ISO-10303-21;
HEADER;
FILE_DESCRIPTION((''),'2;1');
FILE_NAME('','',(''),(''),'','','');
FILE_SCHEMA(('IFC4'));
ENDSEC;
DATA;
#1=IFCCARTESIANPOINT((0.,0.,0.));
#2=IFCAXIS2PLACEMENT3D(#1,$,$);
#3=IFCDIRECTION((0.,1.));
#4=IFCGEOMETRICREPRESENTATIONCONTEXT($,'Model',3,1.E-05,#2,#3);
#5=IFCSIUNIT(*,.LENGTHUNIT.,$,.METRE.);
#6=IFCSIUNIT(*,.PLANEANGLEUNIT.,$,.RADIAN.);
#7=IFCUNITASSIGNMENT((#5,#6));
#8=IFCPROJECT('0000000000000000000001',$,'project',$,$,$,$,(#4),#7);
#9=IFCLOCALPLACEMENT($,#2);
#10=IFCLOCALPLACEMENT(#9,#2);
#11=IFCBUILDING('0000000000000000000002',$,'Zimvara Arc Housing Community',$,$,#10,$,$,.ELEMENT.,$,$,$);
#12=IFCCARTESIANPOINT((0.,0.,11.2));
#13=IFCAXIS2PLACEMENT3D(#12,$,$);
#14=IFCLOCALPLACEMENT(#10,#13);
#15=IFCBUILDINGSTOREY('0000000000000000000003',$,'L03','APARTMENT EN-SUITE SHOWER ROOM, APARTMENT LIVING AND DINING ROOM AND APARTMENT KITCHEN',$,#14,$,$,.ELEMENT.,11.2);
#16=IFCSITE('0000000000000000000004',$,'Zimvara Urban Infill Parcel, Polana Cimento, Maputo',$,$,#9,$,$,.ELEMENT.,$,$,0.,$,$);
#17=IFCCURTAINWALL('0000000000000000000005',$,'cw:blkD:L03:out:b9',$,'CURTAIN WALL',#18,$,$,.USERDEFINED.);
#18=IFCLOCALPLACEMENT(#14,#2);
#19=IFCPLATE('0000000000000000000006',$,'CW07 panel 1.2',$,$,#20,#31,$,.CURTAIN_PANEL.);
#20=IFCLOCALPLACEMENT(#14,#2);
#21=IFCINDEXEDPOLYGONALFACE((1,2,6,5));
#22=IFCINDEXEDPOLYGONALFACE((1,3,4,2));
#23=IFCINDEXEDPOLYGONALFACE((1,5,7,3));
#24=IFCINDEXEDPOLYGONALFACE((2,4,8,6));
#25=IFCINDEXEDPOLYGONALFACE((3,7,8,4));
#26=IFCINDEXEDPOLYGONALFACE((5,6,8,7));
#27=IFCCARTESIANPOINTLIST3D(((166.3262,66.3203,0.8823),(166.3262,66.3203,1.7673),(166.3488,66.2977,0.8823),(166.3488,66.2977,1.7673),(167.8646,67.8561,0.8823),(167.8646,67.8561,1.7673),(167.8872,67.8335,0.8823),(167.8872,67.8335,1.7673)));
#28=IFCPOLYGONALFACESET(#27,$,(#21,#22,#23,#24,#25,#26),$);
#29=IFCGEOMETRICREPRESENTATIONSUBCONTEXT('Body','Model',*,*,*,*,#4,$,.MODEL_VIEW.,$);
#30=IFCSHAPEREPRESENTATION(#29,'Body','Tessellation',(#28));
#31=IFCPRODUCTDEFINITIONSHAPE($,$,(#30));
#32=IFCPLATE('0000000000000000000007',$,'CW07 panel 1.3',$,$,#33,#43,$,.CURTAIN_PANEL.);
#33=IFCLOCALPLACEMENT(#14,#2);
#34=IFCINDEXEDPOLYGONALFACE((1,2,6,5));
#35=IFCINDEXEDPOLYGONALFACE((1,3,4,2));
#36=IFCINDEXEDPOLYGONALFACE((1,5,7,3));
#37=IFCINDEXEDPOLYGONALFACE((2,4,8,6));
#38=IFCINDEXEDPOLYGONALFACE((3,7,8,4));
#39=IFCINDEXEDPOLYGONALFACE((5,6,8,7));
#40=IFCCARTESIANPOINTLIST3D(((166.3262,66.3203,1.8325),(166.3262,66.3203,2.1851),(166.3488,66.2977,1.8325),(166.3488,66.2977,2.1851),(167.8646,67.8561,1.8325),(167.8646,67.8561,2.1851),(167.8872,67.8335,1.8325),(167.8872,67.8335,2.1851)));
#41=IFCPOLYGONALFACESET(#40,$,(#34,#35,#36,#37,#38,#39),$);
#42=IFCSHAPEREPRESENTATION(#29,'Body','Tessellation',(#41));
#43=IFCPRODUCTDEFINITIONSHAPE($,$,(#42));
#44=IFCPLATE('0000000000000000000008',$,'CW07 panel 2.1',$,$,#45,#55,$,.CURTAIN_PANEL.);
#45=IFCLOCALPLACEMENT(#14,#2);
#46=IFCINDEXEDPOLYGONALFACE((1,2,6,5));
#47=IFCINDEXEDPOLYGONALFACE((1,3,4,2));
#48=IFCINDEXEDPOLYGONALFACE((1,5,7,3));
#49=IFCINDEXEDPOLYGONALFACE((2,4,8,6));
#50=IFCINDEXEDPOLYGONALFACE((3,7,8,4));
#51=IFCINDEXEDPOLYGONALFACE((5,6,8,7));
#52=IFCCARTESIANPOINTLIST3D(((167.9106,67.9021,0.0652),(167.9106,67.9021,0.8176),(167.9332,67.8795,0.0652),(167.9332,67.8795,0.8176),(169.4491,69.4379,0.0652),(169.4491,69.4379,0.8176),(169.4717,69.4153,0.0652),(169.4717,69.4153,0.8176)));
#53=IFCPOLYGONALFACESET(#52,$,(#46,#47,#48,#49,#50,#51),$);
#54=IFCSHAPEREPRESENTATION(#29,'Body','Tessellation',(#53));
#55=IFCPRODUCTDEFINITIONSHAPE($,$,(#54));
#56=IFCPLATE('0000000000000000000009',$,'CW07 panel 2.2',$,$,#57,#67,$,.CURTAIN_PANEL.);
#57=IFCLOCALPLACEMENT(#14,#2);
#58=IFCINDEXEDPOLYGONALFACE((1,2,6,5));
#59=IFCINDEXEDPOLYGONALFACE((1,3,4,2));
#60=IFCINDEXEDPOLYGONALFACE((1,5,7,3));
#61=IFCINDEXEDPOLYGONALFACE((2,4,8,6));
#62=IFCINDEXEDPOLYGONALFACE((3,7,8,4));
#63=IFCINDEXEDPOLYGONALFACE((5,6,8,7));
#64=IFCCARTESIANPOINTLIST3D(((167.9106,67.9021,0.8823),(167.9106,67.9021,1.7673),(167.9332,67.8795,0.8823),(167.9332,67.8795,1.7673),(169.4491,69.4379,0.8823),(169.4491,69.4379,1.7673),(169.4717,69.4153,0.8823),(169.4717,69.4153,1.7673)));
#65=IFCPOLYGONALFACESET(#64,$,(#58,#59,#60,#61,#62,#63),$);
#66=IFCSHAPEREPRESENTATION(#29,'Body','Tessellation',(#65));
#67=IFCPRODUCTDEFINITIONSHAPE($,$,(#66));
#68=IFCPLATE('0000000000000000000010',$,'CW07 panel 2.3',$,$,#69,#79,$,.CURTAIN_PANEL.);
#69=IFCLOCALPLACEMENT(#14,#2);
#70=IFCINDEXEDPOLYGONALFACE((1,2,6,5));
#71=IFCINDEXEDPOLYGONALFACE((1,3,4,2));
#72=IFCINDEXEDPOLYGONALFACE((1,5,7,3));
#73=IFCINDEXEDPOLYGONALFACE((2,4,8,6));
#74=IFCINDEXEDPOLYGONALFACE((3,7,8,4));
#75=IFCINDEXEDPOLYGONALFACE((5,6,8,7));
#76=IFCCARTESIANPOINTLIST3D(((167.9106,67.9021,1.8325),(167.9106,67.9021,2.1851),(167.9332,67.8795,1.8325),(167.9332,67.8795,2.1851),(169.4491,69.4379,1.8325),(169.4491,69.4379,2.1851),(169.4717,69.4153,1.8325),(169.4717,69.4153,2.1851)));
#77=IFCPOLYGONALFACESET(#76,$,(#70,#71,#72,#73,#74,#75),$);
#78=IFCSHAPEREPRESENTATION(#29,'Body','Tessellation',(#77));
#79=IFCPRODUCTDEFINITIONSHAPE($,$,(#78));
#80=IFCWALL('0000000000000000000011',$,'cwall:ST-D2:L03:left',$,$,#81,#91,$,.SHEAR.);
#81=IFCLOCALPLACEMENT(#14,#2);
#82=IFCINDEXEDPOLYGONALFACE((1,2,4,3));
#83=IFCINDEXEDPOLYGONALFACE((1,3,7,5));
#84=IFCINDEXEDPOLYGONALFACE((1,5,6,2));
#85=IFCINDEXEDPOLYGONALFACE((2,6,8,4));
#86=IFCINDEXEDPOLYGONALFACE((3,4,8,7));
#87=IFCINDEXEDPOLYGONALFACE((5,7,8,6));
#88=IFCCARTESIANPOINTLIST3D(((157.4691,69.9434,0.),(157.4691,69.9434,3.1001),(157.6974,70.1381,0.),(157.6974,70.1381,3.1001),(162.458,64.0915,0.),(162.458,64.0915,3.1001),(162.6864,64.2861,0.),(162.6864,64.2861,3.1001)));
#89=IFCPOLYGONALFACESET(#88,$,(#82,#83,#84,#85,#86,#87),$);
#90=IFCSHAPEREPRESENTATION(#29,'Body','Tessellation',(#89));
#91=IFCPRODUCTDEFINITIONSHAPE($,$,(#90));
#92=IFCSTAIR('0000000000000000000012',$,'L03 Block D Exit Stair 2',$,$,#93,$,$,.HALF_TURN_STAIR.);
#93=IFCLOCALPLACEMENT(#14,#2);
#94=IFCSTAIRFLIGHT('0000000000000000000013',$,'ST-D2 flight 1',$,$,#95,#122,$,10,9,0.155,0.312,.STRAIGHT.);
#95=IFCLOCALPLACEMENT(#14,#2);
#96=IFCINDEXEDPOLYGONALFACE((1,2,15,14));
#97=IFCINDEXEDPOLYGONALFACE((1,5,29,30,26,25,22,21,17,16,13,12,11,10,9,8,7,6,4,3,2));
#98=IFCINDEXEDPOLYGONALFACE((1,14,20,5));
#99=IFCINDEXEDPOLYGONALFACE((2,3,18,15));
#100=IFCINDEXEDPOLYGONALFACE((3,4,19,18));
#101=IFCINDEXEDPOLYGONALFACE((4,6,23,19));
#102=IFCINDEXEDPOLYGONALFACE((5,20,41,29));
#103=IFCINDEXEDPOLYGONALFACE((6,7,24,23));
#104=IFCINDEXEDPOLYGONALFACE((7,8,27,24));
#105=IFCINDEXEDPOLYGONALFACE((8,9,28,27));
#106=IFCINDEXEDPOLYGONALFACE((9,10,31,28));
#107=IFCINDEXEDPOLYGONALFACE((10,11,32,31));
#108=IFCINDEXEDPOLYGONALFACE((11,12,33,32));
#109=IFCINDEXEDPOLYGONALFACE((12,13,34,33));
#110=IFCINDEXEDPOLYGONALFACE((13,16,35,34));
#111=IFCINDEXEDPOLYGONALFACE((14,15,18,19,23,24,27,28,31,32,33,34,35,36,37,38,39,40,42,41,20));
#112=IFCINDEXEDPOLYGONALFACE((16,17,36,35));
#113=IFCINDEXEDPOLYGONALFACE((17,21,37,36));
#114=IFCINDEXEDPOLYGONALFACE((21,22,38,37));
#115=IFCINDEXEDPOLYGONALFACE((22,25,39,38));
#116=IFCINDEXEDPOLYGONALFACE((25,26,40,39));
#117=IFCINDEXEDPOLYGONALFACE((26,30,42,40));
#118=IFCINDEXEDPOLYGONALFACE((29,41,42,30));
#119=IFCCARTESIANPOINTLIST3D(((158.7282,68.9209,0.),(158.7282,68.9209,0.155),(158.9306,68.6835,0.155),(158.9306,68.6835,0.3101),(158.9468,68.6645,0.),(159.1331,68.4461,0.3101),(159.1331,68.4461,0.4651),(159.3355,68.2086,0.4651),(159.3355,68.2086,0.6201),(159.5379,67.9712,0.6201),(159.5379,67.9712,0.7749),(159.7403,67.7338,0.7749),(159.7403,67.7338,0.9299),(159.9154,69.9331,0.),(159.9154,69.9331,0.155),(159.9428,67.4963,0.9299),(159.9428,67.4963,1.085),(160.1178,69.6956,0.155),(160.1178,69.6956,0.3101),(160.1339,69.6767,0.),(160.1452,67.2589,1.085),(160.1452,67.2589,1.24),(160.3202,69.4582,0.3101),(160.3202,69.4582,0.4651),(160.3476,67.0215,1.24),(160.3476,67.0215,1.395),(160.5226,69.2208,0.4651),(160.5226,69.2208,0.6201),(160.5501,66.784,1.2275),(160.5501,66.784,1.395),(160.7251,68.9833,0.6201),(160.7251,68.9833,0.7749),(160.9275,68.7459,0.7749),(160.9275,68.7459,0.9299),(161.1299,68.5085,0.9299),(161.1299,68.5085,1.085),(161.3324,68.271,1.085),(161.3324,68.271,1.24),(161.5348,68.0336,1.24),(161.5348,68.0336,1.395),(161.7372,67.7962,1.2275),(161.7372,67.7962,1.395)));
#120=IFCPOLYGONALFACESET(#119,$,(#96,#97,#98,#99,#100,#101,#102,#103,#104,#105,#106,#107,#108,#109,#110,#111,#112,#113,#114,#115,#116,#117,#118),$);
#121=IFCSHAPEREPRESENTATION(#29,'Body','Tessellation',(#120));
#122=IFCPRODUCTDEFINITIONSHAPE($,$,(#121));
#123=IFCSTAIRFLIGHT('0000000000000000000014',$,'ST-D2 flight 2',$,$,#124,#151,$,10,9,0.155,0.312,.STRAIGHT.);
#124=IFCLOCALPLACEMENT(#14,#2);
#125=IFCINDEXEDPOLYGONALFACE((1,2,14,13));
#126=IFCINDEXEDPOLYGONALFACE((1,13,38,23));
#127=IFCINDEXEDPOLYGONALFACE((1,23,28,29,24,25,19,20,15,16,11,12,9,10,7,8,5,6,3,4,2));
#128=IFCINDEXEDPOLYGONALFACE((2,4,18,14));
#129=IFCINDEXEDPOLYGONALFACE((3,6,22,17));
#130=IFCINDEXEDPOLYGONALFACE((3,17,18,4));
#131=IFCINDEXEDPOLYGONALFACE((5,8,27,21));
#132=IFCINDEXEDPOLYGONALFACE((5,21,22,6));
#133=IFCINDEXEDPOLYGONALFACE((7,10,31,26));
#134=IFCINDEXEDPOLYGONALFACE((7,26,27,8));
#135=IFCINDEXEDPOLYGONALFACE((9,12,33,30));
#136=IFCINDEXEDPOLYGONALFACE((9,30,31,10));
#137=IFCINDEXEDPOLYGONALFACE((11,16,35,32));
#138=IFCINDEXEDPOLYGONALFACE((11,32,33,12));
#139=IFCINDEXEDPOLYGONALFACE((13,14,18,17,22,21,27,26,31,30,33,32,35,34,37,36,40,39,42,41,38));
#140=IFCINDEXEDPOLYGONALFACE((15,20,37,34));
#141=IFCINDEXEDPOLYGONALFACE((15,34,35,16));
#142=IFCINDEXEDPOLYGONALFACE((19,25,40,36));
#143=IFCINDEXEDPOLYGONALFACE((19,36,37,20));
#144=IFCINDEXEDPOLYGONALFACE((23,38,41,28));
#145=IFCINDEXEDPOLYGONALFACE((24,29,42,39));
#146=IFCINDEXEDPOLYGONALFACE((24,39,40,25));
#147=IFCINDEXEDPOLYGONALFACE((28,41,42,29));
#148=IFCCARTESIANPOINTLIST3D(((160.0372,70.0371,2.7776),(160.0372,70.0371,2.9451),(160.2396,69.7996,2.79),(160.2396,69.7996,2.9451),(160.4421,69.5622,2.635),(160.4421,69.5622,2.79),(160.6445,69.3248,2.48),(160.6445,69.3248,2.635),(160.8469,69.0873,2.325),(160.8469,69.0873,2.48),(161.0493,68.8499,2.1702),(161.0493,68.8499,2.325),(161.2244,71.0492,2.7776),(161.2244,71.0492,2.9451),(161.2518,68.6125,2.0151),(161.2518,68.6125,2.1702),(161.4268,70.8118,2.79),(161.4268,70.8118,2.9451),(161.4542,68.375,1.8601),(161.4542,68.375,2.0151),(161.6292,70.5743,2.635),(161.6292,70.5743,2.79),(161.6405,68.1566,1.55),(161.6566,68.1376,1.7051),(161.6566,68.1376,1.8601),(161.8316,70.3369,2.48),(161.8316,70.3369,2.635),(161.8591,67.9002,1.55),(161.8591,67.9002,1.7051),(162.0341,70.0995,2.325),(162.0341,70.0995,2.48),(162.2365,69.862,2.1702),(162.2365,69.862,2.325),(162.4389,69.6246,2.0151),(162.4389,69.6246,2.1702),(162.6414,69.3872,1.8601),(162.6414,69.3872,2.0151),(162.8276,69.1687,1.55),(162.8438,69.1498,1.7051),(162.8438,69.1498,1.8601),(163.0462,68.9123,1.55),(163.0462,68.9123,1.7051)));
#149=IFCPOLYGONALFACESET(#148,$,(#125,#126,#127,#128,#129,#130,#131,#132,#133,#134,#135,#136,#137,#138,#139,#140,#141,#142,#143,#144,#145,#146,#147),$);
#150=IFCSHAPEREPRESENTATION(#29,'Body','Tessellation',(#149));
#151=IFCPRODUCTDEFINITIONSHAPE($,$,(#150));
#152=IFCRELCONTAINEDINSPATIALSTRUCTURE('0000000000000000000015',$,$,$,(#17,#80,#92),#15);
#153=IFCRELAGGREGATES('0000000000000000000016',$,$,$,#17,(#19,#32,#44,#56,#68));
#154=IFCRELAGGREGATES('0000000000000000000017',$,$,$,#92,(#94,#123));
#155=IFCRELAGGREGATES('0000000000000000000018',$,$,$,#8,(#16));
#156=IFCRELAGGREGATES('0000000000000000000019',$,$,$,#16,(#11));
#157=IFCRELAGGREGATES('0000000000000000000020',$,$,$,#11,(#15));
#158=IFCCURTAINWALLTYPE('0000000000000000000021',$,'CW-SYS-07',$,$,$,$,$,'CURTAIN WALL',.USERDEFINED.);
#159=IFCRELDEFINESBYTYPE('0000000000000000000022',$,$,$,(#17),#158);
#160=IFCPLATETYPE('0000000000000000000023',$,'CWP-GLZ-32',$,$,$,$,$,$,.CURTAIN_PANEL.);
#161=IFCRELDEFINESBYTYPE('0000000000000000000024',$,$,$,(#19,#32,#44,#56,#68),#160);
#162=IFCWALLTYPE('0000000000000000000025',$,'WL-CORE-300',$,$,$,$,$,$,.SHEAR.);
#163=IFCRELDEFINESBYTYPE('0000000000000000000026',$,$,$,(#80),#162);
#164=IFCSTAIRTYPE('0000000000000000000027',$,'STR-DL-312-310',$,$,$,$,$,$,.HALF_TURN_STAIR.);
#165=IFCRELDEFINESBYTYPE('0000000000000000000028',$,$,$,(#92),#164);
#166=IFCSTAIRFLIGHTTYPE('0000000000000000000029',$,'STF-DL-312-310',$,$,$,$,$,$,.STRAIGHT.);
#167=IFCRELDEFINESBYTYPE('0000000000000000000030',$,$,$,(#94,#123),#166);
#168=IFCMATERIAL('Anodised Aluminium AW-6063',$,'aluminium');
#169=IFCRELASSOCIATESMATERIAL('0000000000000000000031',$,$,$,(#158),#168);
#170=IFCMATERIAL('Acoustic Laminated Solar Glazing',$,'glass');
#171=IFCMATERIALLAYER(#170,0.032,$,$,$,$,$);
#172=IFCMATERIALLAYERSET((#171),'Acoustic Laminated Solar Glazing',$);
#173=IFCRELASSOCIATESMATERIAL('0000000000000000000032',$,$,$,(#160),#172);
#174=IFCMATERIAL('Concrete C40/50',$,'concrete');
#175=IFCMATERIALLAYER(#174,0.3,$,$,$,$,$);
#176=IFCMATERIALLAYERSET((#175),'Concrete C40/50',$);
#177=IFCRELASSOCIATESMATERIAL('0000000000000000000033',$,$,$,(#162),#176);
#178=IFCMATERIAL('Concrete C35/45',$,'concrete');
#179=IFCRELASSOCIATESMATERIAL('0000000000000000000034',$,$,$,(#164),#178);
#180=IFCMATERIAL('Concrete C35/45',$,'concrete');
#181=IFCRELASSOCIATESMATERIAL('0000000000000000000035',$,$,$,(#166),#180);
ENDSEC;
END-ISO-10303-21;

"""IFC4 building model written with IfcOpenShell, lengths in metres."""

from ifc_helpers import new_model, si_unit, direction, frame, frame_2d, origin, origin_2d, place, context, subcontext, project, spatial, polyline, rectangle, outline, extrude, material, layer, layer_set, type_object, element, aggregate, save


model = new_model("IFC4")

# Units and contexts
model_context = context("Model", 3, precision=1e-05, world=origin(), true_north=direction((0.0, 1.0)))
body_context = subcontext(model_context, "Body", "Model", "MODEL_VIEW")
ifc_project = project(units=[si_unit("LENGTHUNIT", "METRE"), si_unit("PLANEANGLEUNIT", "RADIAN")], contexts=[model_context])

# Site, building, storey
site_placement = place(None, origin())
site = spatial("IfcSite", under=ifc_project, at=site_placement, Name="Zimvara Urban Infill Parcel, Polana Cimento, Maputo", CompositionType="ELEMENT", RefElevation=0.0)
building_placement = place(site_placement, origin())
building = spatial("IfcBuilding", under=site, at=building_placement, Name="Zimvara Arc Housing Community", CompositionType="ELEMENT")
storey_placement = place(building_placement, frame((0.0, 0.0, 11.2)))
storey = spatial("IfcBuildingStorey", under=building, at=storey_placement, Name="L03", Description="APARTMENT EN-SUITE SHOWER ROOM, APARTMENT LIVING AND DINING ROOM AND APARTMENT KITCHEN", CompositionType="ELEMENT", Elevation=11.2)

# Curtain wall, plates
ifc_material_1 = material(Name="Anodised Aluminium AW-6063", Category="aluminium")
curtain_wall_type = type_object("IfcCurtainWallType", Name="CW-SYS-07", ElementType="CURTAIN WALL", PredefinedType="USERDEFINED", material=ifc_material_1)
curtain_wall_placement = place(storey_placement, origin())
curtain_wall = element("IfcCurtainWall", 1, at=curtain_wall_placement, inside=storey, type_object=curtain_wall_type, Name="cw:blkD:L03:out:b9", ObjectType="CURTAIN WALL", PredefinedType="USERDEFINED")
ifc_material_2 = material(Name="Acoustic Laminated Solar Glazing", Category="glass")
ifc_layer_1 = layer(ifc_material_2, 0.032)
ifc_layer_set_1 = layer_set([ifc_layer_1], Name="Acoustic Laminated Solar Glazing")
plate_type = type_object("IfcPlateType", Name="CWP-GLZ-32", PredefinedType="CURTAIN_PANEL", material=ifc_layer_set_1)
plate_1_placement = place(storey_placement, frame((167.1067, 67.0769, 0.8823), z_axis=(0.0, 0.0, 1.0), x_axis=(0.707724, 0.706489, 0.0)))
plate_1 = element("IfcPlate", 2, at=plate_1_placement, type_object=plate_type, Name="CW07 panel 1.2", PredefinedType="CURTAIN_PANEL", context=body_context, shape_type="SweptSolid", body=[
    extrude(rectangle(XDim=2.1738, YDim=0.032, at=origin_2d()), origin(), (0.0, 0.0, 1.0), 0.885),
])
plate_2_placement = place(storey_placement, frame((167.1067, 67.0769, 1.8325), z_axis=(0.0, 0.0, 1.0), x_axis=(0.707724, 0.706489, 0.0)))
plate_2 = element("IfcPlate", 3, at=plate_2_placement, type_object=plate_type, Name="CW07 panel 1.3", PredefinedType="CURTAIN_PANEL", context=body_context, shape_type="SweptSolid", body=[
    extrude(rectangle(XDim=2.1738, YDim=0.032, at=origin_2d()), origin(), (0.0, 0.0, 1.0), 0.3525),
])
plate_3_placement = place(storey_placement, frame((168.6912, 68.6587, 0.0652), z_axis=(0.0, 0.0, 1.0), x_axis=(0.707724, 0.706489, 0.0)))
plate_3 = element("IfcPlate", 4, at=plate_3_placement, type_object=plate_type, Name="CW07 panel 2.1", PredefinedType="CURTAIN_PANEL", context=body_context, shape_type="SweptSolid", body=[
    extrude(rectangle(XDim=2.1738, YDim=0.032, at=origin_2d()), origin(), (0.0, 0.0, 1.0), 0.7524),
])
plate_4_placement = place(storey_placement, frame((168.6912, 68.6587, 0.8823), z_axis=(0.0, 0.0, 1.0), x_axis=(0.707724, 0.706489, 0.0)))
plate_4 = element("IfcPlate", 5, at=plate_4_placement, type_object=plate_type, Name="CW07 panel 2.2", PredefinedType="CURTAIN_PANEL", context=body_context, shape_type="SweptSolid", body=[
    extrude(rectangle(XDim=2.1738, YDim=0.032, at=origin_2d()), origin(), (0.0, 0.0, 1.0), 0.885),
])
plate_5_placement = place(storey_placement, frame((168.6912, 68.6587, 1.8325), z_axis=(0.0, 0.0, 1.0), x_axis=(0.707724, 0.706489, 0.0)))
plate_5 = element("IfcPlate", 6, at=plate_5_placement, type_object=plate_type, Name="CW07 panel 2.3", PredefinedType="CURTAIN_PANEL", context=body_context, shape_type="SweptSolid", body=[
    extrude(rectangle(XDim=2.1738, YDim=0.032, at=origin_2d()), origin(), (0.0, 0.0, 1.0), 0.3525),
])
aggregate(curtain_wall, [plate_1, plate_2, plate_3, plate_4, plate_5])

# Wall
ifc_material_3 = material(Name="Concrete C40/50", Category="concrete")
ifc_layer_2 = layer(ifc_material_3, 0.3)
ifc_layer_set_2 = layer_set([ifc_layer_2], Name="Concrete C40/50")
wall_type = type_object("IfcWallType", Name="WL-CORE-300", PredefinedType="SHEAR", material=ifc_layer_set_2)
wall_placement = place(storey_placement, frame((157.5833, 70.0408, 0.0), z_axis=(0.0, 0.0, 1.0), x_axis=(0.648763, -0.760991, 0.0)))
element("IfcWall", 7, at=wall_placement, inside=storey, type_object=wall_type, Name="cwall:ST-D2:L03:left", PredefinedType="SHEAR", context=body_context, shape_type="SweptSolid", body=[
    extrude(rectangle(XDim=7.6899, YDim=0.3, at=frame_2d((3.845, 0.0))), origin(), (0.0, 0.0, 1.0), 3.1001),
])

# Stair, stair flights
ifc_material_4 = material(Name="Concrete C35/45", Category="concrete")
stair_type = type_object("IfcStairType", Name="STR-DL-312-310", PredefinedType="HALF_TURN_STAIR", material=ifc_material_4)
stair_placement = place(storey_placement, origin())
stair = element("IfcStair", 8, at=stair_placement, inside=storey, type_object=stair_type, Name="L03 Block D Exit Stair 2", PredefinedType="HALF_TURN_STAIR")
ifc_material_5 = material(Name="Concrete C35/45", Category="concrete")
stair_flight_type = type_object("IfcStairFlightType", Name="STF-DL-312-310", PredefinedType="STRAIGHT", material=ifc_material_5)
stair_flight_1_placement = place(storey_placement, frame((159.3218, 69.427, 0.0), z_axis=(0.0, 0.0, 1.0), x_axis=(0.648784, -0.760972, 0.0)))
stair_flight_1 = element("IfcStairFlight", 9, at=stair_flight_1_placement, type_object=stair_flight_type, Name="ST-D2 flight 1", NumberOfRisers=10, NumberOfTreads=9, PredefinedType="STRAIGHT", RiserHeight=0.155, TreadLength=0.312, context=body_context, shape_type="SweptSolid", body=[
    extrude(outline(polyline([(0.0, 0.0), (0.0, 0.155), (0.312, 0.155), (0.312, 0.3101), (0.624, 0.3101), (0.624, 0.4651), (0.936, 0.4651), (0.936, 0.6201), (1.248, 0.6201), (1.248, 0.7749), (1.5601, 0.7749), (1.5601, 0.9299), (1.8721, 0.9299), (1.8721, 1.085), (2.1841, 1.085), (2.1841, 1.24), (2.4961, 1.24), (2.4961, 1.395), (2.8081, 1.395), (2.8081, 1.55), (2.8081, 1.2275), (0.3369, 0.0), (0.0, 0.0)])), frame((0.0, 0.78, 0.0), z_axis=(0.0, -1.0, 0.0), x_axis=(1.0, 0.0, 0.0)), (0.0, 0.0, 1.0), 1.5601),
])
stair_flight_2_placement = place(storey_placement, frame((162.4526, 68.4062, 1.55), z_axis=(0.0, 0.0, 1.0), x_axis=(-0.648784, 0.760972, 0.0)))
stair_flight_2 = element("IfcStairFlight", 10, at=stair_flight_2_placement, type_object=stair_flight_type, Name="ST-D2 flight 2", NumberOfRisers=10, NumberOfTreads=9, PredefinedType="STRAIGHT", RiserHeight=0.155, TreadLength=0.312, context=body_context, shape_type="SweptSolid", body=[
    extrude(outline(polyline([(0.0, 0.0), (0.0, 0.155), (0.312, 0.155), (0.312, 0.3101), (0.624, 0.3101), (0.624, 0.4651), (0.936, 0.4651), (0.936, 0.6201), (1.248, 0.6201), (1.248, 0.7749), (1.5601, 0.7749), (1.5601, 0.9299), (1.8721, 0.9299), (1.8721, 1.085), (2.1841, 1.085), (2.1841, 1.24), (2.4961, 1.24), (2.4961, 1.395), (2.8081, 1.395), (2.8081, 1.55), (2.8081, 1.2275), (0.3369, 0.0), (0.0, 0.0)])), frame((0.0, 0.78, 0.0), z_axis=(0.0, -1.0, 0.0), x_axis=(1.0, 0.0, 0.0)), (0.0, 0.0, 1.0), 1.5601),
])
aggregate(stair, [stair_flight_1, stair_flight_2])

save(model, "model.ifc")
